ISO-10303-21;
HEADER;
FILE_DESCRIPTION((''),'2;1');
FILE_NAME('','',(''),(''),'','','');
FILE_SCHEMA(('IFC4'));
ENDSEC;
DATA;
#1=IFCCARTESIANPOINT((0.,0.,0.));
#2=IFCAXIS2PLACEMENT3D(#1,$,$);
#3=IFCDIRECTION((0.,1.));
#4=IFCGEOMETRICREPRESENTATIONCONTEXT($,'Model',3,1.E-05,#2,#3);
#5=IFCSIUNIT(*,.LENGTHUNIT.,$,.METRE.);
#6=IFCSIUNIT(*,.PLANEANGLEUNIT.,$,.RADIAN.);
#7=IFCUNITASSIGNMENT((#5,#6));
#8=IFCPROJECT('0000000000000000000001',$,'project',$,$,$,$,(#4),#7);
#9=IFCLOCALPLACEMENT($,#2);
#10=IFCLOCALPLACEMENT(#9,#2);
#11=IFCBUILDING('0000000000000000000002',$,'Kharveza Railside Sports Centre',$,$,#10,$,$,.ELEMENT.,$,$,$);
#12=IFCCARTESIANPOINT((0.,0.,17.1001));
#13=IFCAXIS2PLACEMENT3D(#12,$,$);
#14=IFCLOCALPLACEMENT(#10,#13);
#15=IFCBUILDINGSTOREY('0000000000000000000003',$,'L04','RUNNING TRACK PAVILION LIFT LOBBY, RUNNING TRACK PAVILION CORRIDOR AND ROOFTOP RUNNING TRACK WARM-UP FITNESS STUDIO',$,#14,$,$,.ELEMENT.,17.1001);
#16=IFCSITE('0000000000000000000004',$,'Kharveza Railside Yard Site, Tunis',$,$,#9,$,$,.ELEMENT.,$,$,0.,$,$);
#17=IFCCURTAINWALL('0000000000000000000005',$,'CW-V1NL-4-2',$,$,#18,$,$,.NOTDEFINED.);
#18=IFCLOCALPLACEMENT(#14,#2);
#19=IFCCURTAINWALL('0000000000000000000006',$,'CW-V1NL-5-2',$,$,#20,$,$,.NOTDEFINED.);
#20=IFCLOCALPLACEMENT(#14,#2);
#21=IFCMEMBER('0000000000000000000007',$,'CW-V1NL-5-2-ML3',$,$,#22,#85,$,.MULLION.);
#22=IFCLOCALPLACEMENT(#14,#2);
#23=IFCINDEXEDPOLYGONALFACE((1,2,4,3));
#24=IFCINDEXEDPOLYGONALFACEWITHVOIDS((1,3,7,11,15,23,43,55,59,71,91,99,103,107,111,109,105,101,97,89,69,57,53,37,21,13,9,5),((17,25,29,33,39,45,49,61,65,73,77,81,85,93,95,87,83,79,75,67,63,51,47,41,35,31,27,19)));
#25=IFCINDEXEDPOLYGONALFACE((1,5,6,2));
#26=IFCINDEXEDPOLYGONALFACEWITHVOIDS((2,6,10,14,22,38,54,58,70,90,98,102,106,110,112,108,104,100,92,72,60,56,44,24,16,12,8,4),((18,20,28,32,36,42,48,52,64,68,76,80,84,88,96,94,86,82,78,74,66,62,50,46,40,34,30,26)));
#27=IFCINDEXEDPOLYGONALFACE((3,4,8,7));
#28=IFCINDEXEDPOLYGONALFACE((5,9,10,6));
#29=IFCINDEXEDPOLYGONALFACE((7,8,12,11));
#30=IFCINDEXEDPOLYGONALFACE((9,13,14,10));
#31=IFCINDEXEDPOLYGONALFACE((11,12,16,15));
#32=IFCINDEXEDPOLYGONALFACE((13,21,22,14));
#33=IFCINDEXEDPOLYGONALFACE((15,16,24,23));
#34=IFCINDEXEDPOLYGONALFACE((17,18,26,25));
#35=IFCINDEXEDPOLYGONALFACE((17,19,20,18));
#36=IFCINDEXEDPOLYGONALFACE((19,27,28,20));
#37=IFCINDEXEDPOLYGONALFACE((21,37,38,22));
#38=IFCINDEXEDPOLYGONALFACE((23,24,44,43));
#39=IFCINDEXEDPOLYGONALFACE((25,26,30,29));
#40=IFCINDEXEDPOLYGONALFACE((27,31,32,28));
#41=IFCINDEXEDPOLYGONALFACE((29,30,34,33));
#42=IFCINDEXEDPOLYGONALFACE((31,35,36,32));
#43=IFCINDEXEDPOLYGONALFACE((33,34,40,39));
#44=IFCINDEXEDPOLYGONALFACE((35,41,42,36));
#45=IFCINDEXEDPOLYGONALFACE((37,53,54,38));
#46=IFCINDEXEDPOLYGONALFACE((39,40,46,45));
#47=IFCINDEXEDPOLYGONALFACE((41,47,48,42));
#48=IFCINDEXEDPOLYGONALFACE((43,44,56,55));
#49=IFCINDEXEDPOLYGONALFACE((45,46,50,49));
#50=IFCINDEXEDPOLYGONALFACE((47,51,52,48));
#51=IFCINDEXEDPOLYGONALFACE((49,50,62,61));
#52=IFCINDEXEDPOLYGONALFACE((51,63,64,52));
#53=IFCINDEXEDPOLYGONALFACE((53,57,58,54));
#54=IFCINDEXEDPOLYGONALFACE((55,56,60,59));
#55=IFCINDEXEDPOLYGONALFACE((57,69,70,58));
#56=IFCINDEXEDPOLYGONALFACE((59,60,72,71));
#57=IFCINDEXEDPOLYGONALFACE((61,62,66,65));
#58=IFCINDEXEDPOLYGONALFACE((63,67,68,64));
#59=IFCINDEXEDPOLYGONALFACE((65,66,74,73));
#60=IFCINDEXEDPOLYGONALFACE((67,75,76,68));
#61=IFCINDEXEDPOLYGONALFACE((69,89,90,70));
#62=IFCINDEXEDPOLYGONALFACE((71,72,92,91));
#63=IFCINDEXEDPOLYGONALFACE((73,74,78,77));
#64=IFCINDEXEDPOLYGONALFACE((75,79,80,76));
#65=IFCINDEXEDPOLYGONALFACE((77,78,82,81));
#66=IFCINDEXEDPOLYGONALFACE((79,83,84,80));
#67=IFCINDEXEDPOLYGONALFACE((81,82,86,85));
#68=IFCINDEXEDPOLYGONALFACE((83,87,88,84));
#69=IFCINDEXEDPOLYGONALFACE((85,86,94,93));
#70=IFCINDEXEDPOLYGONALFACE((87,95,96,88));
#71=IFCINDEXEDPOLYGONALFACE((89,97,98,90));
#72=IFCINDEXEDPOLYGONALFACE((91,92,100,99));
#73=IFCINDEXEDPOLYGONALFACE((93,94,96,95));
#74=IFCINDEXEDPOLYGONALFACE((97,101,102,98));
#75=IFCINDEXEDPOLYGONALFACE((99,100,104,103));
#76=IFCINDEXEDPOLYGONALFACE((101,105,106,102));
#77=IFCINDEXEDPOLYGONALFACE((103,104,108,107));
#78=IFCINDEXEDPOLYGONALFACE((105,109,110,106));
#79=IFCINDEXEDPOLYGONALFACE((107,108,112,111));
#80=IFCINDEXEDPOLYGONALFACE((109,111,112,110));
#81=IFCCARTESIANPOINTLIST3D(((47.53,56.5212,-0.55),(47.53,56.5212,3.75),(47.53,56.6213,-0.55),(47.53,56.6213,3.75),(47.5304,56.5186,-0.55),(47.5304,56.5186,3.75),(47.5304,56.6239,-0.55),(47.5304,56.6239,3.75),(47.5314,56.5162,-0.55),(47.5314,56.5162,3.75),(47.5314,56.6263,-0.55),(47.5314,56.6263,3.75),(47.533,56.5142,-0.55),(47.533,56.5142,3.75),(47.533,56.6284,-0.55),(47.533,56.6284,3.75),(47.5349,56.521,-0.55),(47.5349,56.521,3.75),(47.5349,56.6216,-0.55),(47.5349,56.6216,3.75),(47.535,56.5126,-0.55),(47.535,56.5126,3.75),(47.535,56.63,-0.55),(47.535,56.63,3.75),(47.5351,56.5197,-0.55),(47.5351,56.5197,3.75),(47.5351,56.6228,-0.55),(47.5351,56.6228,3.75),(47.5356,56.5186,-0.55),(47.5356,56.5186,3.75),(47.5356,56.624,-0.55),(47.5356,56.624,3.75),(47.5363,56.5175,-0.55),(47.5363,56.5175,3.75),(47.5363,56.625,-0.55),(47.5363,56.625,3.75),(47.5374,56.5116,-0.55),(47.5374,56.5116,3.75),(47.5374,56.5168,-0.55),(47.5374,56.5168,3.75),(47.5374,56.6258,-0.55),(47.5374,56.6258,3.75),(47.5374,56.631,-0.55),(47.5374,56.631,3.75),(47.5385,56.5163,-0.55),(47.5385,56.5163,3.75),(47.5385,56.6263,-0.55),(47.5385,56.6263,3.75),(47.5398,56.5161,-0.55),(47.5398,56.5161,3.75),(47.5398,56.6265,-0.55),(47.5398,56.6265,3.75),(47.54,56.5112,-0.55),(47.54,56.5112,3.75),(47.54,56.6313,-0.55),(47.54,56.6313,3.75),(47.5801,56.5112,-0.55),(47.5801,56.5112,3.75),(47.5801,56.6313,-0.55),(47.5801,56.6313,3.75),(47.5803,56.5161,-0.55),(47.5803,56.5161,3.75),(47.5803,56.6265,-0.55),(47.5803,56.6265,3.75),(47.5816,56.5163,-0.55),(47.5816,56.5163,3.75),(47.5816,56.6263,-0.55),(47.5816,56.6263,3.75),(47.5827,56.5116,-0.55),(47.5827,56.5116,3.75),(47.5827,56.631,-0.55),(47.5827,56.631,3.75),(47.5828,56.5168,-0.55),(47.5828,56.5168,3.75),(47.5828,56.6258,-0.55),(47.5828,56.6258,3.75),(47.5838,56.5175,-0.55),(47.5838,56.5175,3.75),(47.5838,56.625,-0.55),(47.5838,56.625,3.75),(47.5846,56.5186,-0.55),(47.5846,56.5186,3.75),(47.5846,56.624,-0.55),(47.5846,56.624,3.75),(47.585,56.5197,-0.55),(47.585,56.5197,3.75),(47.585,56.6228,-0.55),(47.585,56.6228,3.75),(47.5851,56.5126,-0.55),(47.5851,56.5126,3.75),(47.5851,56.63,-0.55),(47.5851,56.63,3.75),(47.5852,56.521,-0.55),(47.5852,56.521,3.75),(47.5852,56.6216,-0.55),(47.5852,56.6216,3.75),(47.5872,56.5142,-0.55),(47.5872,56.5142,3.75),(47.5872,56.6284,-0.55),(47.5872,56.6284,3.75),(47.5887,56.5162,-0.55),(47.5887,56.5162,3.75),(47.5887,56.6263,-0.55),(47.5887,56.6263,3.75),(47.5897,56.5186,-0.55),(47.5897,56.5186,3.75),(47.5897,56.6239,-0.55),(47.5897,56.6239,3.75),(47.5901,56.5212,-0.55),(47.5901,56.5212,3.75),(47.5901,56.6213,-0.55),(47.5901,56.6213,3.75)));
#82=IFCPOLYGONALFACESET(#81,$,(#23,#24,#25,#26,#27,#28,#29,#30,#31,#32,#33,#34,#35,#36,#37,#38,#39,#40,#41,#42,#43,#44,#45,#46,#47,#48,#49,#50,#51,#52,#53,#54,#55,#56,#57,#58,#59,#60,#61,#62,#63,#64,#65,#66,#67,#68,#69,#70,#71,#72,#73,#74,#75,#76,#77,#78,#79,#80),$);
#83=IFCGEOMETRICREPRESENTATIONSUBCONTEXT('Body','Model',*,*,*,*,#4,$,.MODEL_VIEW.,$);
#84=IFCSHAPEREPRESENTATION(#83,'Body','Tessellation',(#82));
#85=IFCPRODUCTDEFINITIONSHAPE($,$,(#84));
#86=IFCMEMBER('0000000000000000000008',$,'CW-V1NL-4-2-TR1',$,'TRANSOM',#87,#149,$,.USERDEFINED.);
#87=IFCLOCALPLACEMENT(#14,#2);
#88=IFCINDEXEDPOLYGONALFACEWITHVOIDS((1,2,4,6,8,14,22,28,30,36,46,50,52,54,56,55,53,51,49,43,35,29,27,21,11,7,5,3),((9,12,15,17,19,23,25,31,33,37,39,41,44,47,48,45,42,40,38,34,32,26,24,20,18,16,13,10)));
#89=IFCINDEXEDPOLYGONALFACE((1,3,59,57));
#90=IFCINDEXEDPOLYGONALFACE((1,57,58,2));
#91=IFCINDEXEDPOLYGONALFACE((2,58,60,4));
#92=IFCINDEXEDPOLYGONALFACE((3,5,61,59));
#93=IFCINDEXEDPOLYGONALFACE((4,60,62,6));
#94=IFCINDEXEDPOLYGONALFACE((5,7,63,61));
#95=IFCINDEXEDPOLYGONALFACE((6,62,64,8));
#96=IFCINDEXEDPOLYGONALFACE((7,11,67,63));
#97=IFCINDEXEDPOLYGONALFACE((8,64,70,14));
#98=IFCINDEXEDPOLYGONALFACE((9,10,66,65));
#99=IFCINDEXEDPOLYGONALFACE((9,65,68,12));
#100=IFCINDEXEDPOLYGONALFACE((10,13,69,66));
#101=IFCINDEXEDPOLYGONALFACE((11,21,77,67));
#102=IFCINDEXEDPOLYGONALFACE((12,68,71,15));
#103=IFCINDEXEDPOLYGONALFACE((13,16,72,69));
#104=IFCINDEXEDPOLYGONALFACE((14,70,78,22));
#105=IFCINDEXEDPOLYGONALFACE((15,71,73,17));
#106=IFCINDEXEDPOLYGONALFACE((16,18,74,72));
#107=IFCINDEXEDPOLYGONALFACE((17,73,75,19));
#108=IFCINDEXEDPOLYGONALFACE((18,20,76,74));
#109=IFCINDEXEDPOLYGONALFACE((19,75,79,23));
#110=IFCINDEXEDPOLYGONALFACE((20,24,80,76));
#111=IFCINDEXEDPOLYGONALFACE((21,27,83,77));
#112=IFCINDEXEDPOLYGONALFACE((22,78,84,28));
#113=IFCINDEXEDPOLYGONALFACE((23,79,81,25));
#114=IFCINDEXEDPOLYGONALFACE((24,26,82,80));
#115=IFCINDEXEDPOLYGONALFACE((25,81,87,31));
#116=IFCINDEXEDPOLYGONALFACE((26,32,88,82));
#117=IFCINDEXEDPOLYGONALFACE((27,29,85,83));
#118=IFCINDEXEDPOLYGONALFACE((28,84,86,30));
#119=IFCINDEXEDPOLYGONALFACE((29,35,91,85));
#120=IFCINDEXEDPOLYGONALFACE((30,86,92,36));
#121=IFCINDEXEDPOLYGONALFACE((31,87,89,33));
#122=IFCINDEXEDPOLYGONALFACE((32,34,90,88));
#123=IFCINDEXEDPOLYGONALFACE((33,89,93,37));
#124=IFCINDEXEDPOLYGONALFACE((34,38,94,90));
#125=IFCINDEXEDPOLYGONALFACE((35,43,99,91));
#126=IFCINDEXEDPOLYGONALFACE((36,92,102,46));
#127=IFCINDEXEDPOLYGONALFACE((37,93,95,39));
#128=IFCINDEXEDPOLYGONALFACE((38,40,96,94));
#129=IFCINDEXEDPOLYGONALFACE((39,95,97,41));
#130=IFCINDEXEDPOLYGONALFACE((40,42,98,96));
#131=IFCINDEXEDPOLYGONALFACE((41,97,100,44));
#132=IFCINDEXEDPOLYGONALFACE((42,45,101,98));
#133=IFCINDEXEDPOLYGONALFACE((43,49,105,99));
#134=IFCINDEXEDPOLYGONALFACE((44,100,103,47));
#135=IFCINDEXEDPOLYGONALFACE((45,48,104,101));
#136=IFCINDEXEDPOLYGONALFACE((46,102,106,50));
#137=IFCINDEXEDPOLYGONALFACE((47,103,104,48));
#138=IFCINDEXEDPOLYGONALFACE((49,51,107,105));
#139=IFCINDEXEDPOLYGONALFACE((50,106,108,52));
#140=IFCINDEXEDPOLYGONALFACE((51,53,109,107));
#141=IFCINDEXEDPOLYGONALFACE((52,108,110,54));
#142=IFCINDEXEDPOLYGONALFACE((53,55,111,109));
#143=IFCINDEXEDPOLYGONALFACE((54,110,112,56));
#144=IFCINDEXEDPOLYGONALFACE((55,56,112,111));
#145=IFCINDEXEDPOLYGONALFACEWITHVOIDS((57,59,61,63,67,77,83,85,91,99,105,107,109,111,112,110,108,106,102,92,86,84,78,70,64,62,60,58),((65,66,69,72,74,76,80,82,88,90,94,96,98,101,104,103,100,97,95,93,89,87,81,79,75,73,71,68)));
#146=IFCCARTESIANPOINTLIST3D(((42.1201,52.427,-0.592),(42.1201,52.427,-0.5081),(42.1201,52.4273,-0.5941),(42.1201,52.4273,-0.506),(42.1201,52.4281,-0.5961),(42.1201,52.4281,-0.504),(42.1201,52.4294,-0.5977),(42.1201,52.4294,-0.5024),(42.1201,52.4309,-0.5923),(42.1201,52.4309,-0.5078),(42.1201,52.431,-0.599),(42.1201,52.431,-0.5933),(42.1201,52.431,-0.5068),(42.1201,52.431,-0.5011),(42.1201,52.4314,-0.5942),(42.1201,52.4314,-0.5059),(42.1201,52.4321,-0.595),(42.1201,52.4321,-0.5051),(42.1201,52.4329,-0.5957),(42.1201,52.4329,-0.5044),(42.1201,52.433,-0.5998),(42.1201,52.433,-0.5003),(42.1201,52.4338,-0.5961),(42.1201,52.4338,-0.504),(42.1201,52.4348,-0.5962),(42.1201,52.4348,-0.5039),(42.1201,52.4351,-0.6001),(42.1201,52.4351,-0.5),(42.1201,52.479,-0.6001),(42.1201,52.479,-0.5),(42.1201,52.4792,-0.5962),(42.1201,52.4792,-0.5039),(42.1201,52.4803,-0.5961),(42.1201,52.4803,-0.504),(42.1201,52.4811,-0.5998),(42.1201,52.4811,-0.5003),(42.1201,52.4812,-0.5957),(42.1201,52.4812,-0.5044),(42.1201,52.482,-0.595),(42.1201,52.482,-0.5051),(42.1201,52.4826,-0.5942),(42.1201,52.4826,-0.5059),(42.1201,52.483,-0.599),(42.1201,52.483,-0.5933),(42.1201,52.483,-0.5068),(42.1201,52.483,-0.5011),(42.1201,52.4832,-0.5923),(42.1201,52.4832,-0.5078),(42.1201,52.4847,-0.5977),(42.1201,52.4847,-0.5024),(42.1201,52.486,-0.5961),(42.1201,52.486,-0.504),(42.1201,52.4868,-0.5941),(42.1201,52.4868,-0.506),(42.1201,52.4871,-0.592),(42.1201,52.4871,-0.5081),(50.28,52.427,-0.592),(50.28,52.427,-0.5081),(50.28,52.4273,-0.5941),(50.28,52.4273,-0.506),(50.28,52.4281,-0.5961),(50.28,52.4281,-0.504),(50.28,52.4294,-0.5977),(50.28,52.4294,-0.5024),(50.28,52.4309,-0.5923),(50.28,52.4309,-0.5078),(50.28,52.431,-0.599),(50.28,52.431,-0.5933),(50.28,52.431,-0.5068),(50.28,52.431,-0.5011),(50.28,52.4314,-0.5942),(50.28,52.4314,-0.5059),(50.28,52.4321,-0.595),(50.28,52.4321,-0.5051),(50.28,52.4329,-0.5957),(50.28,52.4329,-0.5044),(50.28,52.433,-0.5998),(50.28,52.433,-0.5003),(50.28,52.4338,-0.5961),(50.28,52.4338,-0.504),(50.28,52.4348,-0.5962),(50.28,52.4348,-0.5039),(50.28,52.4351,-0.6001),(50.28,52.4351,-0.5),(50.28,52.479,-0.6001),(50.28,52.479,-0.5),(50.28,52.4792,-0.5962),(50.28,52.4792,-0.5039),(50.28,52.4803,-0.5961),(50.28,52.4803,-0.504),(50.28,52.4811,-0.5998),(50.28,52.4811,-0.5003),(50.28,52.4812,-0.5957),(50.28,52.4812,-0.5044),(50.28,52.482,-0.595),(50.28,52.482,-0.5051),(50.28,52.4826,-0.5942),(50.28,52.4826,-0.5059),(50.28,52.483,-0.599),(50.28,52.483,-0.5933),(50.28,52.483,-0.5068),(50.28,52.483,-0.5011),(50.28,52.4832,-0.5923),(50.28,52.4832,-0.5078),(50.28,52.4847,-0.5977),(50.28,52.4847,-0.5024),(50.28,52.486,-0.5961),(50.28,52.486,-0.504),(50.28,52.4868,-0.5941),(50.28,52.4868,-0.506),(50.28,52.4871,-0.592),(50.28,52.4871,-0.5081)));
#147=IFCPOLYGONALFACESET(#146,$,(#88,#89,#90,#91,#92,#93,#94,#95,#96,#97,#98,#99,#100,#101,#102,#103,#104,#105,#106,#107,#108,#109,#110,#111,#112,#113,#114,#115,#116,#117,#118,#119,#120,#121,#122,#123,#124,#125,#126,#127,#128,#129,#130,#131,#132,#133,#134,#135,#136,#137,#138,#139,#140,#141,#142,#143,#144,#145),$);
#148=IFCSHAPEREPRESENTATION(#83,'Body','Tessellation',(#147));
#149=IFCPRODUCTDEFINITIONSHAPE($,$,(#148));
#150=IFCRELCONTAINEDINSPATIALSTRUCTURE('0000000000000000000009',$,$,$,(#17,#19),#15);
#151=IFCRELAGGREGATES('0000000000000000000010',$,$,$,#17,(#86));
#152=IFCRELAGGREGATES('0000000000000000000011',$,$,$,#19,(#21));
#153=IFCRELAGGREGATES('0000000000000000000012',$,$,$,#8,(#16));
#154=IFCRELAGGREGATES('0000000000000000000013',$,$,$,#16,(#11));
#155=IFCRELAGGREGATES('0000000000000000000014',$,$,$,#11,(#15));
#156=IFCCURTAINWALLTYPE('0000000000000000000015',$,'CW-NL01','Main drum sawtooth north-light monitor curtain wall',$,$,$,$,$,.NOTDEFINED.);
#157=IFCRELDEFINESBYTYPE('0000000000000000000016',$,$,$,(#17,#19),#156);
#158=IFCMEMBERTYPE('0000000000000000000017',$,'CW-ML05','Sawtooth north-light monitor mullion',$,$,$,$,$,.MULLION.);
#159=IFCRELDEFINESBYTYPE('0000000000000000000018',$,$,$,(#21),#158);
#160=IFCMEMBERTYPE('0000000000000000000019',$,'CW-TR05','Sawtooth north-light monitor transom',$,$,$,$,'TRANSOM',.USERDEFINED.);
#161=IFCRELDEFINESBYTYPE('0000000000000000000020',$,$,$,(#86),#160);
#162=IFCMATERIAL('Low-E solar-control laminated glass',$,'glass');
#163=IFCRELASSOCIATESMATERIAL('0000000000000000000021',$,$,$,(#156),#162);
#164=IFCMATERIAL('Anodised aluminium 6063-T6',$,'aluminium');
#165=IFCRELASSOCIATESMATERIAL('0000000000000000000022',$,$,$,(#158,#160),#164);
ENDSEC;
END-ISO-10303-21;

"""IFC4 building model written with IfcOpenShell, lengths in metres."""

from ifc_helpers import new_model, si_unit, direction, frame, origin, origin_2d, place, context, subcontext, project, spatial, hollow_rectangle, extrude, material, material_profile, profile_set, type_object, element, aggregate, save


model = new_model("IFC4")

# Units and contexts
model_context = context("Model", 3, precision=1e-05, world=origin(), true_north=direction((0.0, 1.0)))
body_context = subcontext(model_context, "Body", "Model", "MODEL_VIEW")
ifc_project = project(units=[si_unit("LENGTHUNIT", "METRE"), si_unit("PLANEANGLEUNIT", "RADIAN")], contexts=[model_context])

# Site, building, storey
site_placement = place(None, origin())
site = spatial("IfcSite", under=ifc_project, at=site_placement, Name="Kharveza Railside Yard Site, Tunis", CompositionType="ELEMENT", RefElevation=0.0)
building_placement = place(site_placement, origin())
building = spatial("IfcBuilding", under=site, at=building_placement, Name="Kharveza Railside Sports Centre", CompositionType="ELEMENT")
storey_placement = place(building_placement, frame((0.0, 0.0, 17.1001)))
storey = spatial("IfcBuildingStorey", under=building, at=storey_placement, Name="L04", Description="RUNNING TRACK PAVILION LIFT LOBBY, RUNNING TRACK PAVILION CORRIDOR AND ROOFTOP RUNNING TRACK WARM-UP FITNESS STUDIO", CompositionType="ELEMENT", Elevation=17.1001)

# Curtain walls, member
ifc_material_1 = material(Name="Low-E solar-control laminated glass", Category="glass")
curtain_wall_type = type_object("IfcCurtainWallType", Name="CW-NL01", Description="Main drum sawtooth north-light monitor curtain wall", PredefinedType="NOTDEFINED", material=ifc_material_1)
ifc_material_2 = material(Name="Anodised aluminium 6063-T6", Category="aluminium")
ifc_material_profile_1 = material_profile(ifc_material_2, hollow_rectangle(XDim=0.0601, YDim=0.1201, WallThickness=0.0049, InnerFilletRadius=0.0049, OuterFilletRadius=0.01, at=origin_2d()), Name="RHS 60x120x5.0")
ifc_profile_set_1 = profile_set([ifc_material_profile_1], Name="Anodised aluminium 6063-T6")
member_type_1 = type_object("IfcMemberType", Name="CW-ML05", Description="Sawtooth north-light monitor mullion", PredefinedType="MULLION", material=ifc_profile_set_1)
curtain_wall_1_placement = place(storey_placement, origin())
curtain_wall_1 = element("IfcCurtainWall", 1, at=curtain_wall_1_placement, inside=storey, type_object=curtain_wall_type, Name="CW-V1NL-4-2", PredefinedType="NOTDEFINED")
curtain_wall_2_placement = place(storey_placement, origin())
curtain_wall_2 = element("IfcCurtainWall", 2, at=curtain_wall_2_placement, inside=storey, type_object=curtain_wall_type, Name="CW-V1NL-5-2", PredefinedType="NOTDEFINED")
member_1_placement = place(storey_placement, frame((47.5601, 56.5713, -0.55), z_axis=(0.0, 0.0, 1.0), x_axis=(1.0, 0.0, 0.0)))
member_1 = element("IfcMember", 3, at=member_1_placement, type_object=member_type_1, Name="CW-V1NL-5-2-ML3", PredefinedType="MULLION", context=body_context, shape_type="SweptSolid", body=[
    extrude(hollow_rectangle(XDim=0.0601, YDim=0.1201, WallThickness=0.0049, InnerFilletRadius=0.0049, OuterFilletRadius=0.01, at=origin_2d()), origin(), (0.0, 0.0, 1.0), 4.3),
])

# Member
ifc_material_profile_2 = material_profile(ifc_material_2, hollow_rectangle(XDim=0.0601, YDim=0.1001, WallThickness=0.0039, InnerFilletRadius=0.0039, OuterFilletRadius=0.0081, at=origin_2d()), Name="RHS 60x100x4.0")
ifc_profile_set_2 = profile_set([ifc_material_profile_2], Name="Anodised aluminium 6063-T6")
member_type_2 = type_object("IfcMemberType", Name="CW-TR05", Description="Sawtooth north-light monitor transom", ElementType="TRANSOM", PredefinedType="USERDEFINED", material=ifc_profile_set_2)
member_2_placement = place(storey_placement, frame((42.1201, 52.457, -0.55), z_axis=(1.0, 0.0, 0.0), x_axis=(0.0, 1.0, 0.0)))
member_2 = element("IfcMember", 4, at=member_2_placement, type_object=member_type_2, Name="CW-V1NL-4-2-TR1", ObjectType="TRANSOM", PredefinedType="USERDEFINED", context=body_context, shape_type="SweptSolid", body=[
    extrude(hollow_rectangle(XDim=0.0601, YDim=0.1001, WallThickness=0.0039, InnerFilletRadius=0.0039, OuterFilletRadius=0.0081, at=origin_2d()), origin(), (0.0, 0.0, 1.0), 8.1599),
])

aggregate(curtain_wall_1, [member_2])
aggregate(curtain_wall_2, [member_1])

save(model, "model.ifc")
